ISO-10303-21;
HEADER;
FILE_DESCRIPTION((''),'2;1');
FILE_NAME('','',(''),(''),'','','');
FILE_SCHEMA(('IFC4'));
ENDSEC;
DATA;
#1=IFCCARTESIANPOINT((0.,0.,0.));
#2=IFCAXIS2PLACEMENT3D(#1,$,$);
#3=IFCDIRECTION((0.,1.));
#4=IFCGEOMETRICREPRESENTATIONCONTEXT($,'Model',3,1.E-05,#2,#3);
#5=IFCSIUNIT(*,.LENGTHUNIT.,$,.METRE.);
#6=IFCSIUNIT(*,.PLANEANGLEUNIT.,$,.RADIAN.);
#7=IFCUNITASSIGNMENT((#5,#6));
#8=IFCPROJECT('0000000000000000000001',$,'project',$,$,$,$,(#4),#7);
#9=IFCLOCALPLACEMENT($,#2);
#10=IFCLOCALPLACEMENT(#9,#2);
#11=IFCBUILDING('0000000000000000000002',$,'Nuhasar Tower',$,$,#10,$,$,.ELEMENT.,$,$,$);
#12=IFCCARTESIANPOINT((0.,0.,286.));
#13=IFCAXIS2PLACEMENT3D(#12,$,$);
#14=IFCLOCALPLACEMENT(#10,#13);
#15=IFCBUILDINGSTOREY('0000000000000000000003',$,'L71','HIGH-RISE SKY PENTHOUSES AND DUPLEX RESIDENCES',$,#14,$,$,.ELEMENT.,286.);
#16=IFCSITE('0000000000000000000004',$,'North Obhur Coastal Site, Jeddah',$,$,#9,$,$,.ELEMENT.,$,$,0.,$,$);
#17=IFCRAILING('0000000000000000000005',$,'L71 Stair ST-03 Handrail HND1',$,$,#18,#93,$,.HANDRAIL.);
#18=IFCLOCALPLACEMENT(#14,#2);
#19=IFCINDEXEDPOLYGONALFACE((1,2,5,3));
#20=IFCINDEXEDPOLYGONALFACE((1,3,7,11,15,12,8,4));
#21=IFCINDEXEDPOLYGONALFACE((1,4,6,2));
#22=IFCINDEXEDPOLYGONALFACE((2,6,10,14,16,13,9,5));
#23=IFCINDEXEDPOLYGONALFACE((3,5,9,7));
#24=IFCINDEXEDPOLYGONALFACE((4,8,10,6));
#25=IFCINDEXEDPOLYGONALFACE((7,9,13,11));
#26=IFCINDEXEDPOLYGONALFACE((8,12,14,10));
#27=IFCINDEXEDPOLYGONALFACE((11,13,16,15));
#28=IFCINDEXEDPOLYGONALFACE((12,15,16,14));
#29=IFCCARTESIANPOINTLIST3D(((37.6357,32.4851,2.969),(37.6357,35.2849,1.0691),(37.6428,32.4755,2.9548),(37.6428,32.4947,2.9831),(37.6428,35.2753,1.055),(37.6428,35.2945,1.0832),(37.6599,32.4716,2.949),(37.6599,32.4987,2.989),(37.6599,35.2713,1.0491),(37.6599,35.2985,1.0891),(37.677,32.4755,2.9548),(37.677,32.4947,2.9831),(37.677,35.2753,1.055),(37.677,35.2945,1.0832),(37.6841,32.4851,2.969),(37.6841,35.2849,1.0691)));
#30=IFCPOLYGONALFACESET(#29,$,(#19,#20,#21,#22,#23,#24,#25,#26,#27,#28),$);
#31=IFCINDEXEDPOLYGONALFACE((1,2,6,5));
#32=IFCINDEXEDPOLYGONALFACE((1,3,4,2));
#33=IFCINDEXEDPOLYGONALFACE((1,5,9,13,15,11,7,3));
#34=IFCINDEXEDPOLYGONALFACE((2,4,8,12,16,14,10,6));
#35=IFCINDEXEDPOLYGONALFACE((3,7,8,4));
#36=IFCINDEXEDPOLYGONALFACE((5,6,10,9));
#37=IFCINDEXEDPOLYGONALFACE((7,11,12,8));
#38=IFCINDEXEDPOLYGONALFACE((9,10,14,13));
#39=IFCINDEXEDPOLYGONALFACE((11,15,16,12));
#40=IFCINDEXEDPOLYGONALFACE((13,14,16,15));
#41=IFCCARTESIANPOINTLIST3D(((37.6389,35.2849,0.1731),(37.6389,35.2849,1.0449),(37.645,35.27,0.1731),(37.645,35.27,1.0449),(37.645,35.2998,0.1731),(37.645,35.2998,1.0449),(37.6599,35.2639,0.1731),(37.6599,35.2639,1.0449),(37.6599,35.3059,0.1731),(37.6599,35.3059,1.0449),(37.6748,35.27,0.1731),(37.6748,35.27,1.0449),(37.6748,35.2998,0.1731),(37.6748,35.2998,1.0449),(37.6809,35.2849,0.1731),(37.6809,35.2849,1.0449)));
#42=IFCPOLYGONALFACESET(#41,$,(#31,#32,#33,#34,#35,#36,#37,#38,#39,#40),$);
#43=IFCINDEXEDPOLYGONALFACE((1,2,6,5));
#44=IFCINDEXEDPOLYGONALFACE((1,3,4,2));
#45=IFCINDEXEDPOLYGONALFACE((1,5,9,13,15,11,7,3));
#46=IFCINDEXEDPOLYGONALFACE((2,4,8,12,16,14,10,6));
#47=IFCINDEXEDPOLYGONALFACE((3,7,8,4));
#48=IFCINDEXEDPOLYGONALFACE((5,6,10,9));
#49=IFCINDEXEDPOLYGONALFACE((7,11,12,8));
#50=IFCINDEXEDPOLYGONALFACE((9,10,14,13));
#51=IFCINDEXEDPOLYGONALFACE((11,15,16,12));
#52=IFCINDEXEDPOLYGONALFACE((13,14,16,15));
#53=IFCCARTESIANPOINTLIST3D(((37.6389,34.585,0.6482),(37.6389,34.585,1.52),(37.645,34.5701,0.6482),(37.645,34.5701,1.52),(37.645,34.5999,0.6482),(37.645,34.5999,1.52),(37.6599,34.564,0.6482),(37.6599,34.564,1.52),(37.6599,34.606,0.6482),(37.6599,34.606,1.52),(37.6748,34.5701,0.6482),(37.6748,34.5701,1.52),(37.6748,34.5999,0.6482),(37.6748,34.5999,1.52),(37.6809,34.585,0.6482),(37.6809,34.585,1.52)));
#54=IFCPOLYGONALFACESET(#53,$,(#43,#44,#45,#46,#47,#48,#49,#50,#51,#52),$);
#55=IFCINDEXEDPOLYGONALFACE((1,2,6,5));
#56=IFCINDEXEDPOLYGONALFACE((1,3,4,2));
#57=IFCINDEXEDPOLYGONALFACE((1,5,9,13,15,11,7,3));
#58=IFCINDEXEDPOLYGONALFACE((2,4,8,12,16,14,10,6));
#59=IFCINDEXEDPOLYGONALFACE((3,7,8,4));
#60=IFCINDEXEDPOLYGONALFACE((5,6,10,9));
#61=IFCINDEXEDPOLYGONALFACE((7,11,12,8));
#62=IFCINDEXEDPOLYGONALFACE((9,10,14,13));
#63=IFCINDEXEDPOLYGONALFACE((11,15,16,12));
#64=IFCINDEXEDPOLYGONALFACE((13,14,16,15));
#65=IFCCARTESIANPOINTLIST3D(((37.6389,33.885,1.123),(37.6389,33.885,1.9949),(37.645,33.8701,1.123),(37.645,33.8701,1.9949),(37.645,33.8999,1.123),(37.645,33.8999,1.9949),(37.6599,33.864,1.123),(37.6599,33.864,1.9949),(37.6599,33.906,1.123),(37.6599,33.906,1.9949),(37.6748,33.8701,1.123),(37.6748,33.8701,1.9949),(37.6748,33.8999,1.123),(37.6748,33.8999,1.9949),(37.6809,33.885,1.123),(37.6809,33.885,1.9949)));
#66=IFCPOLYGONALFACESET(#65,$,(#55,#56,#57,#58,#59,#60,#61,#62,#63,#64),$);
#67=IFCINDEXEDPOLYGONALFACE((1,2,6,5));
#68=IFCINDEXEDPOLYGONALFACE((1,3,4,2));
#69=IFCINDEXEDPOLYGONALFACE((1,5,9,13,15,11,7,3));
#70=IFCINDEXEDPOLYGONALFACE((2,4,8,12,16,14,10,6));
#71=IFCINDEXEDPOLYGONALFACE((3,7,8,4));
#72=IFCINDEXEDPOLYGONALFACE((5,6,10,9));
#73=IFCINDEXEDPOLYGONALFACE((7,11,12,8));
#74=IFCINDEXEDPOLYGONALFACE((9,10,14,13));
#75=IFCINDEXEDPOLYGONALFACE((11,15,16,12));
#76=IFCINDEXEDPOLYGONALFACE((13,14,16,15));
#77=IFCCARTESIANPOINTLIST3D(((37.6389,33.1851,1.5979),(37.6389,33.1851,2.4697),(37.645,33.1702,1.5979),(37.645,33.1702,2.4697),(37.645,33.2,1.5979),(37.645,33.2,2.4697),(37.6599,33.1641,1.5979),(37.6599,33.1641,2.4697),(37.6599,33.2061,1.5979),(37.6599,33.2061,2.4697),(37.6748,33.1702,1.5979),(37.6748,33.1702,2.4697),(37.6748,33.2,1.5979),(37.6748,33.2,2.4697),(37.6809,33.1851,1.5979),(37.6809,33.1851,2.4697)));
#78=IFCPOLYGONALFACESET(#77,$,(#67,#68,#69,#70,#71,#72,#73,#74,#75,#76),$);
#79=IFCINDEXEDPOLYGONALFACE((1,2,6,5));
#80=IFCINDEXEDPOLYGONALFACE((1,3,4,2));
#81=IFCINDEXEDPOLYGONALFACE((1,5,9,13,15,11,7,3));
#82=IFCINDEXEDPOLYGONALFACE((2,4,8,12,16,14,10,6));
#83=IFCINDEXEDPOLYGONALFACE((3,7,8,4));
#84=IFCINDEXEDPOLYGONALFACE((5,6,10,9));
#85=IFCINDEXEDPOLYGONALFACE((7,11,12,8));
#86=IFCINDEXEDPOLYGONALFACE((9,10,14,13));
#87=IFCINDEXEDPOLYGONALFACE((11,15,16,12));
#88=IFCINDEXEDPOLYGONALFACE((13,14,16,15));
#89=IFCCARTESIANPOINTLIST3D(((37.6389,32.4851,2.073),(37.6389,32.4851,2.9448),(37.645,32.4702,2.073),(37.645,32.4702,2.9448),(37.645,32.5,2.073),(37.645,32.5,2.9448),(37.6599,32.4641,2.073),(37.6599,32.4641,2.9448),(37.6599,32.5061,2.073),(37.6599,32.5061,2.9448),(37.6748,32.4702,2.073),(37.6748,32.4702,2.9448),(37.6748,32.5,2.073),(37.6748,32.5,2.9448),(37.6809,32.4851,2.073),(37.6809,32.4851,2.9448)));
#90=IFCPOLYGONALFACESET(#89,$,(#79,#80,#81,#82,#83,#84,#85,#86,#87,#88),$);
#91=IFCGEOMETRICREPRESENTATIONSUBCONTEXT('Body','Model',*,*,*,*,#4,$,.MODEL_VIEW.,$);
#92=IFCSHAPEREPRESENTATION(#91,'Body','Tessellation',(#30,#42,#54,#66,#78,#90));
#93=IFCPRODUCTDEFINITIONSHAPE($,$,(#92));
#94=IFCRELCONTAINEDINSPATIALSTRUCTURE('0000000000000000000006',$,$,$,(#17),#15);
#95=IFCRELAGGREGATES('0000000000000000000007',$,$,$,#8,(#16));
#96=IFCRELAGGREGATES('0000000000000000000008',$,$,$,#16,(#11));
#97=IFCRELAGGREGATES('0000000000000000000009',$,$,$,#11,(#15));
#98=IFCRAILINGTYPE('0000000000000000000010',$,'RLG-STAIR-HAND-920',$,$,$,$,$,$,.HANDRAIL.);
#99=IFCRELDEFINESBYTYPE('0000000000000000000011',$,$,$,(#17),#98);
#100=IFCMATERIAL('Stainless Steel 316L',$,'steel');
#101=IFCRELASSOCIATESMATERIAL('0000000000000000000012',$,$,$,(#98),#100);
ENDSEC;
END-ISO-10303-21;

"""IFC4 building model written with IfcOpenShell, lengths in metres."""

from ifc_helpers import new_model, si_unit, direction, frame, origin, place, context, subcontext, project, spatial, polyline, outline, extrude, material, type_object, element, save


model = new_model("IFC4")

# Units and contexts
model_context = context("Model", 3, precision=1e-05, world=origin(), true_north=direction((0.0, 1.0)))
body_context = subcontext(model_context, "Body", "Model", "MODEL_VIEW")
ifc_project = project(units=[si_unit("LENGTHUNIT", "METRE"), si_unit("PLANEANGLEUNIT", "RADIAN")], contexts=[model_context])

# Site, building, storey
site_placement = place(None, origin())
site = spatial("IfcSite", under=ifc_project, at=site_placement, Name="North Obhur Coastal Site, Jeddah", CompositionType="ELEMENT", RefElevation=0.0)
building_placement = place(site_placement, origin())
building = spatial("IfcBuilding", under=site, at=building_placement, Name="Nuhasar Tower", CompositionType="ELEMENT")
storey_placement = place(building_placement, frame((0.0, 0.0, 286.0)))
storey = spatial("IfcBuildingStorey", under=building, at=storey_placement, Name="L71", Description="HIGH-RISE SKY PENTHOUSES AND DUPLEX RESIDENCES", CompositionType="ELEMENT", Elevation=286.0)

# Railing
ifc_material_1 = material(Name="Stainless Steel 316L", Category="steel")
railing_type_1 = type_object("IfcRailingType", Name="RLG-STAIR-HAND-920", PredefinedType="HANDRAIL", material=ifc_material_1)
railing_1_placement = place(storey_placement, frame((37.6599, 35.2849, 0.1731)))
element("IfcRailing", 1, at=railing_1_placement, inside=storey, type_object=railing_type_1, Name="L71 Stair ST-03 Handrail HND1", PredefinedType="HANDRAIL", context=body_context, shape_type="SweptSolid", body=[
    extrude(outline(polyline([(0.0242, 0.0), (0.0171, 0.0171), (0.0, 0.0242), (-0.0171, 0.0171), (-0.0242, 0.0), (-0.0171, -0.0171), (0.0, -0.0242), (0.0171, -0.0171), (0.0242, 0.0)])), frame((0.0, 0.0, 0.896), z_axis=(0.0, -0.827471, 0.561508), x_axis=(1.0, 0.0, 0.0)), (0.0, 0.0, 1.0), 3.3835),
    extrude(outline(polyline([(0.021, 0.0), (0.0149, 0.0149), (0.0, 0.021), (-0.0149, 0.0149), (-0.021, 0.0), (-0.0149, -0.0149), (0.0, -0.021), (0.0149, -0.0149), (0.021, 0.0)])), origin(), (0.0, 0.0, 1.0), 0.8718),
    extrude(outline(polyline([(0.021, 0.0), (0.0149, 0.0149), (0.0, 0.021), (-0.0149, 0.0149), (-0.021, 0.0), (-0.0149, -0.0149), (0.0, -0.021), (0.0149, -0.0149), (0.021, 0.0)])), frame((0.0, -0.7, 0.4751)), (0.0, 0.0, 1.0), 0.8718),
    extrude(outline(polyline([(0.021, 0.0), (0.0149, 0.0149), (0.0, 0.021), (-0.0149, 0.0149), (-0.021, 0.0), (-0.0149, -0.0149), (0.0, -0.021), (0.0149, -0.0149), (0.021, 0.0)])), frame((0.0, -1.3999, 0.95)), (0.0, 0.0, 1.0), 0.8718),
    extrude(outline(polyline([(0.021, 0.0), (0.0149, 0.0149), (0.0, 0.021), (-0.0149, 0.0149), (-0.021, 0.0), (-0.0149, -0.0149), (0.0, -0.021), (0.0149, -0.0149), (0.021, 0.0)])), frame((0.0, -2.0999, 1.4248)), (0.0, 0.0, 1.0), 0.8718),
    extrude(outline(polyline([(0.021, 0.0), (0.0149, 0.0149), (0.0, 0.021), (-0.0149, 0.0149), (-0.021, 0.0), (-0.0149, -0.0149), (0.0, -0.021), (0.0149, -0.0149), (0.021, 0.0)])), frame((0.0, -2.7998, 1.8999)), (0.0, 0.0, 1.0), 0.8718),
])

save(model, "model.ifc")
